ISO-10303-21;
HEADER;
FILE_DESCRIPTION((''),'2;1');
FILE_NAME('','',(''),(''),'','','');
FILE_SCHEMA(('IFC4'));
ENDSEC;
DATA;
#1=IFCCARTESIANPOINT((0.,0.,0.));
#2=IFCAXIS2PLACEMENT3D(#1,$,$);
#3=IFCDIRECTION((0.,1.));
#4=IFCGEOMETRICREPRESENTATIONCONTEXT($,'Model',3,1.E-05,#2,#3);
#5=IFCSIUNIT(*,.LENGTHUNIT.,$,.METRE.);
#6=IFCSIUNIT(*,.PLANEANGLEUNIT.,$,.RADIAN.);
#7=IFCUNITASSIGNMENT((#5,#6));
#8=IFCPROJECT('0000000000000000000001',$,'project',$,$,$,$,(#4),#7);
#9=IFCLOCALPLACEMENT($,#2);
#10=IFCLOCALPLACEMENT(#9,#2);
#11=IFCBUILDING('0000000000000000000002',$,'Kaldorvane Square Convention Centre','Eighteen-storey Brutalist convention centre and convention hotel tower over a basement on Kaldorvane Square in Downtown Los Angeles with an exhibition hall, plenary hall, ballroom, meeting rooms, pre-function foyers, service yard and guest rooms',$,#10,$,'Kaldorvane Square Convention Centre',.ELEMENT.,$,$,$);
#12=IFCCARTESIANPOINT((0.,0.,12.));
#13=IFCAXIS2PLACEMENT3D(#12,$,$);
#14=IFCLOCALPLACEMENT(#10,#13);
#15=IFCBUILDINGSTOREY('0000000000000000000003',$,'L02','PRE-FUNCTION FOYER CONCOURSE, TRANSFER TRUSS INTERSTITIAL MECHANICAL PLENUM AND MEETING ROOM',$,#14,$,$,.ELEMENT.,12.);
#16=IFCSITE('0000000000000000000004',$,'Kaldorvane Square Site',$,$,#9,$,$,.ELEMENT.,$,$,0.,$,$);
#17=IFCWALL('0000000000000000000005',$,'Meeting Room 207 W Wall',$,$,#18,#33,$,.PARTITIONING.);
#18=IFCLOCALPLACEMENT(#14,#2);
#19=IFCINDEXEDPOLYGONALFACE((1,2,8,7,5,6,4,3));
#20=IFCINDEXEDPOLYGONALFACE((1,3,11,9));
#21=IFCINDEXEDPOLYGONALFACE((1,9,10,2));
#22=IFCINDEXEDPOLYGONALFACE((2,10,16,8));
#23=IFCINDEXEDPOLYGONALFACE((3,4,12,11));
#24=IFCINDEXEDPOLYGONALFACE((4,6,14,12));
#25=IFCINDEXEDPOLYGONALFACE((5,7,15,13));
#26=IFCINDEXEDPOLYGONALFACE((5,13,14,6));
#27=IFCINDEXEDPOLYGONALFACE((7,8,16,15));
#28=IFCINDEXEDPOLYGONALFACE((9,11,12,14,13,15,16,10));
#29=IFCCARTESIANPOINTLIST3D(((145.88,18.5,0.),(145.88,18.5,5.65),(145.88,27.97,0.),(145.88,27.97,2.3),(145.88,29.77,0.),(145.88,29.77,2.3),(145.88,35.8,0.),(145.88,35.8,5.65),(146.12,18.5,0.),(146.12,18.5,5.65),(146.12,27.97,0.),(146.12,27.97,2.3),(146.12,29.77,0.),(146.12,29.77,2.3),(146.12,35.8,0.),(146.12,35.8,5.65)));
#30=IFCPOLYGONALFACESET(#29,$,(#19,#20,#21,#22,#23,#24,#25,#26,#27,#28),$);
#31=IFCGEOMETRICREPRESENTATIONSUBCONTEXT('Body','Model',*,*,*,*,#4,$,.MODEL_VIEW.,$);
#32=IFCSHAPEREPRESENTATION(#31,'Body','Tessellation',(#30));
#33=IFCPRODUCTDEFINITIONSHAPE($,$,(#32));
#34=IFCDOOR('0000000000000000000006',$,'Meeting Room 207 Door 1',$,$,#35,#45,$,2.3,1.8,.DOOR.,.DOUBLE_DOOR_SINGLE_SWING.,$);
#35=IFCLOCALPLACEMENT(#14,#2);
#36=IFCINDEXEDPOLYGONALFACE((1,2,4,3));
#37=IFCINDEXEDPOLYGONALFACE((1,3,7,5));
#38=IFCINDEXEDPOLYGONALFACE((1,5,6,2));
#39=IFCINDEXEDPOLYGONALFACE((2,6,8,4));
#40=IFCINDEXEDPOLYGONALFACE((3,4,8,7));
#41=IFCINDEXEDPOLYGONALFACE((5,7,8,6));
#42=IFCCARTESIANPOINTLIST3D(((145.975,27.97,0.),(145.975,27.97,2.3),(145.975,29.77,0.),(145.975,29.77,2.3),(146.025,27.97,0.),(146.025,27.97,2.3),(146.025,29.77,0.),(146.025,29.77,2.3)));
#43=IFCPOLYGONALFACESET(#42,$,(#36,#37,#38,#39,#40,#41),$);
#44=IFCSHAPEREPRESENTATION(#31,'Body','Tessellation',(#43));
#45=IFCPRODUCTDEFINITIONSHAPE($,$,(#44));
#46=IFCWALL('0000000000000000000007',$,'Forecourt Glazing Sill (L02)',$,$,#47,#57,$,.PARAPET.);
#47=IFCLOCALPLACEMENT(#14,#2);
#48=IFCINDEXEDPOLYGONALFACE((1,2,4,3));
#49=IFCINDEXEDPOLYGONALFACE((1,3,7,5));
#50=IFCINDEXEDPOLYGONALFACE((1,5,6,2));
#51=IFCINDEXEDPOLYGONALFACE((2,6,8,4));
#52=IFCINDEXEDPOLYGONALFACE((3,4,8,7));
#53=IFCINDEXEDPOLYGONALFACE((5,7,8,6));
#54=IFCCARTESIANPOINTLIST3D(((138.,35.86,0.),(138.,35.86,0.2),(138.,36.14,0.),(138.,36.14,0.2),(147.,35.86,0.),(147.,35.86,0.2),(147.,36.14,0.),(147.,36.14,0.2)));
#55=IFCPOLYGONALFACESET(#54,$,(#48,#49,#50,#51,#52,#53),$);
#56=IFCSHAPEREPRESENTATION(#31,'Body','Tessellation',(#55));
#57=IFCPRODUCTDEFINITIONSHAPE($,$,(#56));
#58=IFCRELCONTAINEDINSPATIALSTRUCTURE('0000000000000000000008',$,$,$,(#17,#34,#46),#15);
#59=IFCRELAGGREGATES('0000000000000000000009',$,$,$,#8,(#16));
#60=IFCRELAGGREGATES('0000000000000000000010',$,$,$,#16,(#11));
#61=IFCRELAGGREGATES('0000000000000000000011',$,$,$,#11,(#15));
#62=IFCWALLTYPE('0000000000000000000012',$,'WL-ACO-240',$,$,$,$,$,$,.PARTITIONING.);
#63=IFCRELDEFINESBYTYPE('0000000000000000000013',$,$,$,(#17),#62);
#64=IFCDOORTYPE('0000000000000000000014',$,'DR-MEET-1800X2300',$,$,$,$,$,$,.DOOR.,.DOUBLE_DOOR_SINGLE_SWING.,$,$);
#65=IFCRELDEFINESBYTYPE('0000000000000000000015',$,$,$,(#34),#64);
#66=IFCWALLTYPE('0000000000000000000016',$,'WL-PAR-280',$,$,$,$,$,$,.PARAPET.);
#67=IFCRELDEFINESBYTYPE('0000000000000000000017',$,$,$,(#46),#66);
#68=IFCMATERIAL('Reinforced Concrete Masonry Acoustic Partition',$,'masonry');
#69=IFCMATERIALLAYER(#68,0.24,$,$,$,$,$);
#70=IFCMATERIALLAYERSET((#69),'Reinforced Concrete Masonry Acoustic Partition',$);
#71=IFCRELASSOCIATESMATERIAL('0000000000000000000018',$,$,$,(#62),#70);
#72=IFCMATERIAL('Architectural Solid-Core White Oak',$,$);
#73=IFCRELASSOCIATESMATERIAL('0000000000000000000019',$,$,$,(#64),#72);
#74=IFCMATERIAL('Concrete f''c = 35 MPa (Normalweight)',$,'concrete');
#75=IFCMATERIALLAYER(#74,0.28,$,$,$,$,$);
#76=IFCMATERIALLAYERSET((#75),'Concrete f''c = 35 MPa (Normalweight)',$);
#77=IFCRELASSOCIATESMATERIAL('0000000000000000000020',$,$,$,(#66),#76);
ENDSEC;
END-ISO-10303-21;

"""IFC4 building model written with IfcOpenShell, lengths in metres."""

from ifc_helpers import new_model, si_unit, direction, frame, frame_2d, origin, place, context, subcontext, project, spatial, rectangle, extrude, material, layer, layer_set, type_object, element, fill, save


model = new_model("IFC4")

# Units and contexts
model_context = context("Model", 3, precision=1e-05, world=origin(), true_north=direction((0.0, 1.0)))
body_context = subcontext(model_context, "Body", "Model", "MODEL_VIEW")
ifc_project = project(units=[si_unit("LENGTHUNIT", "METRE"), si_unit("PLANEANGLEUNIT", "RADIAN")], contexts=[model_context])

# Site, building, storey
site_placement = place(None, origin())
site = spatial("IfcSite", under=ifc_project, at=site_placement, Name="Kaldorvane Square Site", CompositionType="ELEMENT", RefElevation=0.0)
building_placement = place(site_placement, origin())
building = spatial("IfcBuilding", under=site, at=building_placement, Name="Kaldorvane Square Convention Centre", Description="Eighteen-storey Brutalist convention centre and convention hotel tower over a basement on Kaldorvane Square in Downtown Los Angeles with an exhibition hall, plenary hall, ballroom, meeting rooms, pre-function foyers, service yard and guest rooms", LongName="Kaldorvane Square Convention Centre", CompositionType="ELEMENT")
storey_placement = place(building_placement, frame((0.0, 0.0, 12.0)))
storey = spatial("IfcBuildingStorey", under=building, at=storey_placement, Name="L02", Description="PRE-FUNCTION FOYER CONCOURSE, TRANSFER TRUSS INTERSTITIAL MECHANICAL PLENUM AND MEETING ROOM", CompositionType="ELEMENT", Elevation=12.0)

# Wall, opening, door
ifc_material_1 = material(Name="Reinforced Concrete Masonry Acoustic Partition", Category="masonry")
ifc_layer_1 = layer(ifc_material_1, 0.24)
ifc_layer_set_1 = layer_set([ifc_layer_1], Name="Reinforced Concrete Masonry Acoustic Partition")
wall_type_1 = type_object("IfcWallType", Name="WL-ACO-240", PredefinedType="PARTITIONING", material=ifc_layer_set_1)
wall_1_placement = place(storey_placement, frame((146.0, 35.8, 0.0), z_axis=(0.0, 0.0, 1.0), x_axis=(0.0, -1.0, 0.0)))
wall_1 = element("IfcWall", 1, at=wall_1_placement, inside=storey, type_object=wall_type_1, Name="Meeting Room 207 W Wall", PredefinedType="PARTITIONING", context=body_context, shape_type="SweptSolid", body=[
    extrude(rectangle(XDim=17.3, YDim=0.24, at=frame_2d((8.65, 0.0))), origin(), (0.0, 0.0, 1.0), 5.65),
])
opening_placement = place(wall_1_placement, frame((6.03, 0.0, 0.0)))
opening = element("IfcOpeningElement", 2, at=opening_placement, cuts=wall_1, PredefinedType="OPENING", context=body_context, shape_type="SweptSolid", body=[
    extrude(rectangle(XDim=1.8, YDim=2.3, at=frame_2d((0.9, 1.15))), frame((0.0, 0.135, 0.0), z_axis=(0.0, -1.0, 0.0), x_axis=(1.0, 0.0, 0.0)), (0.0, 0.0, 1.0), 0.27),
])
ifc_material_2 = material(Name="Architectural Solid-Core White Oak")
door_type = type_object("IfcDoorType", Name="DR-MEET-1800X2300", OperationType="DOUBLE_DOOR_SINGLE_SWING", PredefinedType="DOOR", material=ifc_material_2)
door_placement = place(opening_placement, origin())
door = element("IfcDoor", 3, at=door_placement, inside=storey, type_object=door_type, Name="Meeting Room 207 Door 1", OperationType="DOUBLE_DOOR_SINGLE_SWING", OverallHeight=2.3, OverallWidth=1.8, PredefinedType="DOOR", context=body_context, shape_type="SweptSolid", body=[
    extrude(rectangle(XDim=1.8, YDim=2.3, at=frame_2d((0.9, 1.15))), frame((0.0, 0.025, 0.0), z_axis=(0.0, -1.0, 0.0), x_axis=(1.0, 0.0, 0.0)), (0.0, 0.0, 1.0), 0.05),
])
fill(opening, door)

# Wall
ifc_material_3 = material(Name="Concrete f'c = 35 MPa (Normalweight)", Category="concrete")
ifc_layer_2 = layer(ifc_material_3, 0.28)
ifc_layer_set_2 = layer_set([ifc_layer_2], Name="Concrete f'c = 35 MPa (Normalweight)")
wall_type_2 = type_object("IfcWallType", Name="WL-PAR-280", PredefinedType="PARAPET", material=ifc_layer_set_2)
wall_2_placement = place(storey_placement, frame((147.0, 36.0, 0.0), z_axis=(0.0, 0.0, 1.0), x_axis=(-1.0, 0.0, 0.0)))
element("IfcWall", 4, at=wall_2_placement, inside=storey, type_object=wall_type_2, Name="Forecourt Glazing Sill (L02)", PredefinedType="PARAPET", context=body_context, shape_type="SweptSolid", body=[
    extrude(rectangle(XDim=9.0, YDim=0.28, at=frame_2d((4.5, 0.0))), origin(), (0.0, 0.0, 1.0), 0.2),
])

save(model, "model.ifc")
